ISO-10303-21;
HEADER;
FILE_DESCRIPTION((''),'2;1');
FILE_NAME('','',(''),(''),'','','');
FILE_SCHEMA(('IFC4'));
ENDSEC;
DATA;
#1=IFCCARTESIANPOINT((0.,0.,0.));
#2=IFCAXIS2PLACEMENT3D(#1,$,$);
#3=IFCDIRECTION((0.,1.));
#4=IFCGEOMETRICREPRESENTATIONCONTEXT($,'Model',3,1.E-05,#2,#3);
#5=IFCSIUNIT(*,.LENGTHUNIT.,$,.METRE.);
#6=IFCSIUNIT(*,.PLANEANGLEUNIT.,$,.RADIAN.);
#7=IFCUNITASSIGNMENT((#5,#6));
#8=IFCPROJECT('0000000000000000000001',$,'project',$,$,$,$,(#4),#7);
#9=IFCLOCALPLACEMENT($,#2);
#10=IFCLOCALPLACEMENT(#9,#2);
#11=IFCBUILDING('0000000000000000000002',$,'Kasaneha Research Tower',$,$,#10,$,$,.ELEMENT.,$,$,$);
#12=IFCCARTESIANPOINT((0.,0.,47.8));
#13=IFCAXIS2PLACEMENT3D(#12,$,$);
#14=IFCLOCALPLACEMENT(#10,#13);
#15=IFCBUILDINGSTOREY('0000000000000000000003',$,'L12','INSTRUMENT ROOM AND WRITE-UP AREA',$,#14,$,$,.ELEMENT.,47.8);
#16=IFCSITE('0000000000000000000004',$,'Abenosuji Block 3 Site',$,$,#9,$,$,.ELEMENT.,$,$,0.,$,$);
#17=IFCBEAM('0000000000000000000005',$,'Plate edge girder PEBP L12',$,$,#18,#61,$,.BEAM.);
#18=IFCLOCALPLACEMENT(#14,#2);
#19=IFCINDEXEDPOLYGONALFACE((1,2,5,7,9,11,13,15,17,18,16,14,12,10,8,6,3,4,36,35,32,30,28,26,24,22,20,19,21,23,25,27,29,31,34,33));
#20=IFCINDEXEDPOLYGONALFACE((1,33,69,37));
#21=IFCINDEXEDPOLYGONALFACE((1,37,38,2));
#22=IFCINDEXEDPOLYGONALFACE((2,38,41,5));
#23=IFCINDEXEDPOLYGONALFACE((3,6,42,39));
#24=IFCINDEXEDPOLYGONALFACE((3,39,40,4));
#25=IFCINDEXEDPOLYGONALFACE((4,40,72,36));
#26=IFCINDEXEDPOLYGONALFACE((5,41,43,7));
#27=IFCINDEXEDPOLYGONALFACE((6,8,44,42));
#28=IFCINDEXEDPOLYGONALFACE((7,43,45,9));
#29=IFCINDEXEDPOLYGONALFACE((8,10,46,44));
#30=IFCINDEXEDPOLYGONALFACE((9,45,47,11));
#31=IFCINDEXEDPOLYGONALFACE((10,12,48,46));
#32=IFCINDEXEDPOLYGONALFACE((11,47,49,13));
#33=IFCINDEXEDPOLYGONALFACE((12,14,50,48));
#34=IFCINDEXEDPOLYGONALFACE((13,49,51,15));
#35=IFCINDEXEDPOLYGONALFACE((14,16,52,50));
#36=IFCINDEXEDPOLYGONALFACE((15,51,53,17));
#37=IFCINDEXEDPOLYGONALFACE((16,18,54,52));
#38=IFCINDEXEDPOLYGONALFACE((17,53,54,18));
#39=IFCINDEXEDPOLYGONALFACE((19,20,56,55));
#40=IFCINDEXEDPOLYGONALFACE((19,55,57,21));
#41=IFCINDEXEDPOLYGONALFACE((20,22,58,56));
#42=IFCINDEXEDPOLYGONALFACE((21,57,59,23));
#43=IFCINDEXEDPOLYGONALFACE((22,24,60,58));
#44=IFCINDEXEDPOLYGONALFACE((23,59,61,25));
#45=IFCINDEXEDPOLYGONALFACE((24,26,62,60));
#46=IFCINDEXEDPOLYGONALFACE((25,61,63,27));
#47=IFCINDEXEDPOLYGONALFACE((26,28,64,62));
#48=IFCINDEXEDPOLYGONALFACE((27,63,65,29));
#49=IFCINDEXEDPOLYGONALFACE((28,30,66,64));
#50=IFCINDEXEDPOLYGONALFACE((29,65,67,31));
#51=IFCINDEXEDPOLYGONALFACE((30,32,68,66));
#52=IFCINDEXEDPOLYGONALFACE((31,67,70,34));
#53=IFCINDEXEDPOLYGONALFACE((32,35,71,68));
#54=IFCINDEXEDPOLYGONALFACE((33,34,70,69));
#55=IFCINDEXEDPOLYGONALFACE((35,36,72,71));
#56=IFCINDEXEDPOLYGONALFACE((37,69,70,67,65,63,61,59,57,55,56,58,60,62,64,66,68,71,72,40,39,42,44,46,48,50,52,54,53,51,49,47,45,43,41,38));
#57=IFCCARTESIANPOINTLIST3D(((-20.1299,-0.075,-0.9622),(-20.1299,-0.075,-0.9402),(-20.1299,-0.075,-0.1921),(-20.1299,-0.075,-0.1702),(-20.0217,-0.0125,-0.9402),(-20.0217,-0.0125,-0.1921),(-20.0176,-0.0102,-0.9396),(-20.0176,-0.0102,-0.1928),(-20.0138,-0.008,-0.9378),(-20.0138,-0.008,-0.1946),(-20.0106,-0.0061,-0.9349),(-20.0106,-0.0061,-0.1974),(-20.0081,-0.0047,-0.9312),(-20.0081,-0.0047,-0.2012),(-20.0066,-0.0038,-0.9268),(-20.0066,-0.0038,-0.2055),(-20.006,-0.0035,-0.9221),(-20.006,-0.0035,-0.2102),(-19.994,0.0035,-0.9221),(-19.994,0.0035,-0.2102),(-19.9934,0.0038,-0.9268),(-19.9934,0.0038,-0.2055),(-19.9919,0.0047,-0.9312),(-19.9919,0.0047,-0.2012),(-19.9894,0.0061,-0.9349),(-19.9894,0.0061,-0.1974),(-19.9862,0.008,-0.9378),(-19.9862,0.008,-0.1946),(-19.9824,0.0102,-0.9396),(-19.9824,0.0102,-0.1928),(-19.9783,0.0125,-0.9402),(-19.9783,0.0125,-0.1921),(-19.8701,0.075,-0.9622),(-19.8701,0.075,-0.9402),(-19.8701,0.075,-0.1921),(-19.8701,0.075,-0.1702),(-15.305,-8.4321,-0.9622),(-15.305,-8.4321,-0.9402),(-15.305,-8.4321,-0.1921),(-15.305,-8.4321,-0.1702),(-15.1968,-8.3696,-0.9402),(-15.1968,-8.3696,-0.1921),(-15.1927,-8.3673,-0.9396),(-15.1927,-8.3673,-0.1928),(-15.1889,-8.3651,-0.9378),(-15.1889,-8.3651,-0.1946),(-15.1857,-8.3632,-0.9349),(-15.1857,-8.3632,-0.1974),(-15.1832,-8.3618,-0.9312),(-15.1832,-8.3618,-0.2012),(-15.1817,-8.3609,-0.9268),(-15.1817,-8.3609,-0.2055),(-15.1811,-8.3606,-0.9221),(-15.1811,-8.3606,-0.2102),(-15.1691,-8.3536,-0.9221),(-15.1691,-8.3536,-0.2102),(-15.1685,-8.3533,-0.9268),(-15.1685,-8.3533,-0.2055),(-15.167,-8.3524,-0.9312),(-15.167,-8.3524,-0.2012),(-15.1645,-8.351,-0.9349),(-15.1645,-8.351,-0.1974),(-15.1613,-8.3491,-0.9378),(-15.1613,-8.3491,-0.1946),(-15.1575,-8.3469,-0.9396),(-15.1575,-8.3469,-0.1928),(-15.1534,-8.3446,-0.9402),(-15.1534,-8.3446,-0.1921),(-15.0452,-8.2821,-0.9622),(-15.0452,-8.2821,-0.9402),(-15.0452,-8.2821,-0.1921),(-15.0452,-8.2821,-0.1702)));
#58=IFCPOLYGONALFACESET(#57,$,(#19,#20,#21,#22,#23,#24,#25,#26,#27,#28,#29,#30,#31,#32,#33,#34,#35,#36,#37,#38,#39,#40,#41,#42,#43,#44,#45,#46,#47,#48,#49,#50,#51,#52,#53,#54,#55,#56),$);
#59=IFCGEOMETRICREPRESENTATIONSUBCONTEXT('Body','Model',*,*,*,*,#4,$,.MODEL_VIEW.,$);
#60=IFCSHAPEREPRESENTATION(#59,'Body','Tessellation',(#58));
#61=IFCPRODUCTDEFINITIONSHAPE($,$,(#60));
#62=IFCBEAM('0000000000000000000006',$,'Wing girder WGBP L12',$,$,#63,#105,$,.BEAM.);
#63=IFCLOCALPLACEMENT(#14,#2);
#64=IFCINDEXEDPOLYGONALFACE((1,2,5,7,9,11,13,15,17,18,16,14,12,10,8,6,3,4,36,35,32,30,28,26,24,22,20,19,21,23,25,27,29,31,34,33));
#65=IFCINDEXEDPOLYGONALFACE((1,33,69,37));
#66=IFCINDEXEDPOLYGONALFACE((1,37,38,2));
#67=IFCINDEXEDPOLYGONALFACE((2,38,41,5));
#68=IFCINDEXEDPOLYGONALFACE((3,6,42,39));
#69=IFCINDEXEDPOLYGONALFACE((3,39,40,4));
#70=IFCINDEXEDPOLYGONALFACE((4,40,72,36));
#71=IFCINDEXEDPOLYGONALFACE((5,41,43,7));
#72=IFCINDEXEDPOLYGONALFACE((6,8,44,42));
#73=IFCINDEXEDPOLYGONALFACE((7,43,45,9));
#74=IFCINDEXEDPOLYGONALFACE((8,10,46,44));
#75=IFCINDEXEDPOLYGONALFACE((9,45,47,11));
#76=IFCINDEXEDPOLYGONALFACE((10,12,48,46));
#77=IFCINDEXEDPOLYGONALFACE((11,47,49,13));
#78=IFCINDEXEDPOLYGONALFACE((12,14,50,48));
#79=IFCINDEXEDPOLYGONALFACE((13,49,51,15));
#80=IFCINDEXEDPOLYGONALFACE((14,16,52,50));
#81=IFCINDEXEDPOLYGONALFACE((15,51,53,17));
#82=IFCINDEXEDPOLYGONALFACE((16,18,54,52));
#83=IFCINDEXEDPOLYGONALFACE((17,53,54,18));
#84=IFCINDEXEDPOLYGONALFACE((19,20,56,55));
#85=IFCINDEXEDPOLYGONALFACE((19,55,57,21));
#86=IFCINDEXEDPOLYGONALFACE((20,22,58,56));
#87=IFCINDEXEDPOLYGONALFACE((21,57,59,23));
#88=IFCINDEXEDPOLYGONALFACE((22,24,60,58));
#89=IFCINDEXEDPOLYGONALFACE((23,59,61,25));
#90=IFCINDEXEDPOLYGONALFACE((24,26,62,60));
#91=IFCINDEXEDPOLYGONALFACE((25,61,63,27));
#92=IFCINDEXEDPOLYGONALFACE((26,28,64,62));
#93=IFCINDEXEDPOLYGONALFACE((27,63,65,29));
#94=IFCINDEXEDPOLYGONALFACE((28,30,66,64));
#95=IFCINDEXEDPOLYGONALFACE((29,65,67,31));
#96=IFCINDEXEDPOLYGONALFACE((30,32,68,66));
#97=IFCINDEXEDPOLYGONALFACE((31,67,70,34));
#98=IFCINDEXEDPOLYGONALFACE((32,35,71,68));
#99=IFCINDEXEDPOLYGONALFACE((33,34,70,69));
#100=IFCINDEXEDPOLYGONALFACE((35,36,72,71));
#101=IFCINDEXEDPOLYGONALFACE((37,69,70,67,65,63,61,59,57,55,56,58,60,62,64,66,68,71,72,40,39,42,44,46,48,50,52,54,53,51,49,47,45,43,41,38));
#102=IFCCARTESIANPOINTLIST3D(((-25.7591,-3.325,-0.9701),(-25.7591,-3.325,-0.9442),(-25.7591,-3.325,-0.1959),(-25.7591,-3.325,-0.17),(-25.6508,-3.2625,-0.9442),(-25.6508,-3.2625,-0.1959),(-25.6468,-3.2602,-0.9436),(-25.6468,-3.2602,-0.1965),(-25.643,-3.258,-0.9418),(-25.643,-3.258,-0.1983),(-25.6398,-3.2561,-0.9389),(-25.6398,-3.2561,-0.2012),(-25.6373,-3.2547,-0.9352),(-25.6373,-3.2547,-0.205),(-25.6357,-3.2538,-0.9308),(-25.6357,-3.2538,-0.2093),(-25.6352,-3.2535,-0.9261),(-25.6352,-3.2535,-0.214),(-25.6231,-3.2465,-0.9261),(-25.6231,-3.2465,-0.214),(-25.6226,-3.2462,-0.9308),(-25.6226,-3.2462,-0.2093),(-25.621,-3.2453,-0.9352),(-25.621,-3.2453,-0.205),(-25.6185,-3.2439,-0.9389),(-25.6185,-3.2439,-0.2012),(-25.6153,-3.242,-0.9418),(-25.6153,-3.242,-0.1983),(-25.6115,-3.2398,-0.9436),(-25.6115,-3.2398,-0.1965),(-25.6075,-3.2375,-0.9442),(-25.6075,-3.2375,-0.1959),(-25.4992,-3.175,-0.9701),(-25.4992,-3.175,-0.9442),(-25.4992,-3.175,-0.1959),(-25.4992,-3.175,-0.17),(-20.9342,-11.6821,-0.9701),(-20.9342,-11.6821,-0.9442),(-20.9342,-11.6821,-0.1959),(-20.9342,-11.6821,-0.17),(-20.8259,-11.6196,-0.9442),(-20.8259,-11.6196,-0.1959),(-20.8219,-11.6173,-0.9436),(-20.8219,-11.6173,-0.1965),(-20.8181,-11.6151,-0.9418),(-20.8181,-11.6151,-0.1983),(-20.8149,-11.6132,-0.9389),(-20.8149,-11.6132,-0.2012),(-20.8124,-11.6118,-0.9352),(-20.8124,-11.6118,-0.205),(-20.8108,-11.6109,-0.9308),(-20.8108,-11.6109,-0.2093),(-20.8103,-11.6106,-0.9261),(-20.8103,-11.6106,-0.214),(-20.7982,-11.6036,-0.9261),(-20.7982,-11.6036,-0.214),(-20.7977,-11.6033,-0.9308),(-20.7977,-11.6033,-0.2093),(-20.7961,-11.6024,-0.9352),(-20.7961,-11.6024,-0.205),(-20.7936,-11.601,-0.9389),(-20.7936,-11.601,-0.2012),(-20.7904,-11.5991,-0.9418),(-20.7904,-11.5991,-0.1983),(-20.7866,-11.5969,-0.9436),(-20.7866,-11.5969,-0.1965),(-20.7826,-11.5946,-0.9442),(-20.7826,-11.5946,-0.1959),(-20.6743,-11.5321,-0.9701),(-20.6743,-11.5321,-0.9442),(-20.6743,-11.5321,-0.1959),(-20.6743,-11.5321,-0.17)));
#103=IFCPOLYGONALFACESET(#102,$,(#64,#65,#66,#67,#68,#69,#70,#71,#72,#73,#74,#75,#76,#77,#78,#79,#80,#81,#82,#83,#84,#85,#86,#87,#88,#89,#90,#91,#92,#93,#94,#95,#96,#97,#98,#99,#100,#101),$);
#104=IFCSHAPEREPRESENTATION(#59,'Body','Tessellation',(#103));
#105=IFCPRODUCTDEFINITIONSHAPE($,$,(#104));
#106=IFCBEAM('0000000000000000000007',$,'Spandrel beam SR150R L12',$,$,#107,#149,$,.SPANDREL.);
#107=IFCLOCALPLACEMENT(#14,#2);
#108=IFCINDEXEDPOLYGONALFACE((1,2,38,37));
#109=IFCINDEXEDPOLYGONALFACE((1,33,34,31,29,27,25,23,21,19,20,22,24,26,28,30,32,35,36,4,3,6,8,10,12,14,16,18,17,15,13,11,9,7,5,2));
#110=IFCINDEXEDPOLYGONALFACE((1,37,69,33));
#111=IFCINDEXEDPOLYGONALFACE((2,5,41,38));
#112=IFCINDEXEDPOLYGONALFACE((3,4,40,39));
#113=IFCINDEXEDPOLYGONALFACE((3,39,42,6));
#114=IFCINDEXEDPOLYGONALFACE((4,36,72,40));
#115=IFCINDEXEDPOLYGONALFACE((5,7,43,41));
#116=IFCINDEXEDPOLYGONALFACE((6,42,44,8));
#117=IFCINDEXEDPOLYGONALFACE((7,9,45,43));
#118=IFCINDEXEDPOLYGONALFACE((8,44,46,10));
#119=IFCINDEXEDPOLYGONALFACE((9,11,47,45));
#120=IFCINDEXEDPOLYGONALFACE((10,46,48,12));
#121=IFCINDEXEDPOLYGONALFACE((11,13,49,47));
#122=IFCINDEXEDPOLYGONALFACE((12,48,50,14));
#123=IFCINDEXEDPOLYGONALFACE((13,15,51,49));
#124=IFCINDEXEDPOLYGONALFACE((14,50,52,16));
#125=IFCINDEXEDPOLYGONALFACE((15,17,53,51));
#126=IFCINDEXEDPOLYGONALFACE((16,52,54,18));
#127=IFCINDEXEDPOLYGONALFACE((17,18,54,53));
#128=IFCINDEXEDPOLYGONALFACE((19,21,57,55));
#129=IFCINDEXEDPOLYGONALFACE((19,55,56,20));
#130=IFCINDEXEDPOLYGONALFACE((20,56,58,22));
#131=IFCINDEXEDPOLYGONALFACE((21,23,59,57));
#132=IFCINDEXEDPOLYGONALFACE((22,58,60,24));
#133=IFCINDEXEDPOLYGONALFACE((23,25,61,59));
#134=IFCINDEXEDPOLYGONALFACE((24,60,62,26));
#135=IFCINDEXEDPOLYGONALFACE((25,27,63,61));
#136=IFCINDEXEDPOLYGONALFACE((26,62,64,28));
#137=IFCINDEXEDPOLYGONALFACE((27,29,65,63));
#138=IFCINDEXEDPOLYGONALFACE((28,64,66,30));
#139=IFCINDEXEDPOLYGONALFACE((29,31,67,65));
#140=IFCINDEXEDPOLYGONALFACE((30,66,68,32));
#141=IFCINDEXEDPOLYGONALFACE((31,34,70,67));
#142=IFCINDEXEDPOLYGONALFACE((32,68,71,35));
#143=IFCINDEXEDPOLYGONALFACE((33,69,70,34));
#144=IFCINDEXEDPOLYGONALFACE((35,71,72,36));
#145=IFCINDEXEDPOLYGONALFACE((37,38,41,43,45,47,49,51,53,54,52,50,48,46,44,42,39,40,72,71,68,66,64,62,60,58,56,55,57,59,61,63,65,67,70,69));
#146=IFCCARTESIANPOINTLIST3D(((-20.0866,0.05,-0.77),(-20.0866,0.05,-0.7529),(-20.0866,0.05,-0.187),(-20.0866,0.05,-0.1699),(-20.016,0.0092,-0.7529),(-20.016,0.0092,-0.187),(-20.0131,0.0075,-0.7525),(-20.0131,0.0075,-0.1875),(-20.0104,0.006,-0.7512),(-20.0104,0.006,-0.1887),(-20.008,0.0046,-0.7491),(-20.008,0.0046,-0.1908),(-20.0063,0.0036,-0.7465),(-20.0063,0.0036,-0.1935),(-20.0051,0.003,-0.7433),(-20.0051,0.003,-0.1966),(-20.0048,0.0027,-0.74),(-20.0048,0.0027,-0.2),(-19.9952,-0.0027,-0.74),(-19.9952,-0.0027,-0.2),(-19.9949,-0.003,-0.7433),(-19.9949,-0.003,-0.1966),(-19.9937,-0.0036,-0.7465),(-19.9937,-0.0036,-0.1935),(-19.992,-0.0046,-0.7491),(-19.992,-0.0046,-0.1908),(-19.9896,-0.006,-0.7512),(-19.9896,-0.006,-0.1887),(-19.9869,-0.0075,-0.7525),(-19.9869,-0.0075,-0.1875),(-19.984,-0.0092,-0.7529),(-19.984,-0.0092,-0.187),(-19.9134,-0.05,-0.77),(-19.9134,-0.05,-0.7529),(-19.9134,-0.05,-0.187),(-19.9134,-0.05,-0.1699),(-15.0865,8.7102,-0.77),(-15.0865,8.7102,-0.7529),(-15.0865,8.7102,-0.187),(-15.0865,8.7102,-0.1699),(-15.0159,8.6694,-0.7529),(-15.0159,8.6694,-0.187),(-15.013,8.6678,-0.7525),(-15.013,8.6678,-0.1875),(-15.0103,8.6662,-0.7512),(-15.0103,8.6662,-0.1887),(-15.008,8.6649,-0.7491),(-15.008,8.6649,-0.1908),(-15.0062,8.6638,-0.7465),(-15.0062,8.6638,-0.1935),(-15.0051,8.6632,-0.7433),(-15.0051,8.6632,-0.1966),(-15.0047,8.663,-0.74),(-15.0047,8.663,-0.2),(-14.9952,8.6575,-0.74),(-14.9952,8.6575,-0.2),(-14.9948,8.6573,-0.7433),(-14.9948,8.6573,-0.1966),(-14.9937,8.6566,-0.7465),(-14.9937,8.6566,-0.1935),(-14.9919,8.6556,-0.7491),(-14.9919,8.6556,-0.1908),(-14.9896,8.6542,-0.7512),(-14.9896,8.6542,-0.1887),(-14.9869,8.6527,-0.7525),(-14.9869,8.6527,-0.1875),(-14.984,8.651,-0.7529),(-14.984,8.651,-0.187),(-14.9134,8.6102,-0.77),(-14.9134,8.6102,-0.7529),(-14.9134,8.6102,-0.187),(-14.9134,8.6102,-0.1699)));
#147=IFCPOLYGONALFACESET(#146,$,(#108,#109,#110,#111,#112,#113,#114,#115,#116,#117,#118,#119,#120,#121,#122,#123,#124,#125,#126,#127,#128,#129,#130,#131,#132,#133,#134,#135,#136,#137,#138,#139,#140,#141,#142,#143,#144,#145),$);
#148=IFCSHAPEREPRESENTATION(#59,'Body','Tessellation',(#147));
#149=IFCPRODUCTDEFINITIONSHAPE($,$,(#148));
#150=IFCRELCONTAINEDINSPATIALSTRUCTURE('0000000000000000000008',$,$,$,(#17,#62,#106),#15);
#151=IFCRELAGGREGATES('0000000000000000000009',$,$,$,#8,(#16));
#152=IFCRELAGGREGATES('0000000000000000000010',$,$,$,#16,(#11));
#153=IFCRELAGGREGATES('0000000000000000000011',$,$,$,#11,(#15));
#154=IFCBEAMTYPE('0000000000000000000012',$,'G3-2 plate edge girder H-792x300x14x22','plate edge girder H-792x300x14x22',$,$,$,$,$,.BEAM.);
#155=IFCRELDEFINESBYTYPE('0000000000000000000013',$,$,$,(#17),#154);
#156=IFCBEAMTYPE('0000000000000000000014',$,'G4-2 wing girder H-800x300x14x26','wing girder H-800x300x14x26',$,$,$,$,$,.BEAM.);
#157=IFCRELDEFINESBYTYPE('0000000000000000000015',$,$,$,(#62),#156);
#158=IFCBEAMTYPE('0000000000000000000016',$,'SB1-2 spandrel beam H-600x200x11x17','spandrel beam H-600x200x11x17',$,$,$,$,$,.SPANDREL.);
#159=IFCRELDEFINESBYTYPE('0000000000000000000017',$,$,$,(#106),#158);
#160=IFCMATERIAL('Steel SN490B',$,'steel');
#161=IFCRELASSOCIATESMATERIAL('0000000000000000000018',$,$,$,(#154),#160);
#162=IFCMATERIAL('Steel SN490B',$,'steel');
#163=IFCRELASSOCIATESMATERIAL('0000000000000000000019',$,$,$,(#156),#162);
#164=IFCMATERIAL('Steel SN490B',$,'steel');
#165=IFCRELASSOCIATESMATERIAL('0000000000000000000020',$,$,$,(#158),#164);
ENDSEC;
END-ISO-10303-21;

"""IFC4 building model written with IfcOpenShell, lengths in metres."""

from ifc_helpers import new_model, si_unit, direction, frame, origin, origin_2d, place, context, subcontext, project, spatial, i_section, extrude, material, material_profile, profile_set, type_object, element, save


model = new_model("IFC4")

# Units and contexts
model_context = context("Model", 3, precision=1e-05, world=origin(), true_north=direction((0.0, 1.0)))
body_context = subcontext(model_context, "Body", "Model", "MODEL_VIEW")
ifc_project = project(units=[si_unit("LENGTHUNIT", "METRE"), si_unit("PLANEANGLEUNIT", "RADIAN")], contexts=[model_context])

# Site, building, storey
site_placement = place(None, origin())
site = spatial("IfcSite", under=ifc_project, at=site_placement, Name="Abenosuji Block 3 Site", CompositionType="ELEMENT", RefElevation=0.0)
building_placement = place(site_placement, origin())
building = spatial("IfcBuilding", under=site, at=building_placement, Name="Kasaneha Research Tower", CompositionType="ELEMENT")
storey_placement = place(building_placement, frame((0.0, 0.0, 47.8)))
storey = spatial("IfcBuildingStorey", under=building, at=storey_placement, Name="L12", Description="INSTRUMENT ROOM AND WRITE-UP AREA", CompositionType="ELEMENT", Elevation=47.8)

# Beams
ifc_material_1 = material(Name="Steel SN490B", Category="steel")
ifc_material_profile_1 = material_profile(ifc_material_1, i_section(OverallWidth=0.3, OverallDepth=0.792, WebThickness=0.0139, FlangeThickness=0.022, FilletRadius=0.0181, at=origin_2d()), Name="H-792x300x14x22")
ifc_profile_set_1 = profile_set([ifc_material_profile_1], Name="Steel SN490B")
beam_type_1 = type_object("IfcBeamType", Name="G3-2 plate edge girder H-792x300x14x22", Description="plate edge girder H-792x300x14x22", PredefinedType="BEAM", material=ifc_profile_set_1)
beam_1_placement = place(storey_placement, frame((-20.0, 0.0, -0.5662), z_axis=(0.499995, -0.866028, 0.0), x_axis=(0.866028, 0.499995, 0.0)))
element("IfcBeam", 1, at=beam_1_placement, inside=storey, type_object=beam_type_1, Name="Plate edge girder PEBP L12", PredefinedType="BEAM", context=body_context, shape_type="SweptSolid", body=[
    extrude(i_section(OverallWidth=0.3, OverallDepth=0.792, WebThickness=0.0139, FlangeThickness=0.022, FilletRadius=0.0181, at=origin_2d()), origin(), (0.0, 0.0, 1.0), 9.6499),
])
ifc_material_2 = material(Name="Steel SN490B", Category="steel")
ifc_material_profile_2 = material_profile(ifc_material_2, i_section(OverallWidth=0.3, OverallDepth=0.8, WebThickness=0.0139, FlangeThickness=0.0259, FilletRadius=0.0181, at=origin_2d()), Name="H-800x300x14x26")
ifc_profile_set_2 = profile_set([ifc_material_profile_2], Name="Steel SN490B")
beam_type_2 = type_object("IfcBeamType", Name="G4-2 wing girder H-800x300x14x26", Description="wing girder H-800x300x14x26", PredefinedType="BEAM", material=ifc_profile_set_2)
beam_2_placement = place(storey_placement, frame((-25.6292, -3.25, -0.5701), z_axis=(0.499995, -0.866028, 0.0), x_axis=(0.866028, 0.499995, 0.0)))
element("IfcBeam", 2, at=beam_2_placement, inside=storey, type_object=beam_type_2, Name="Wing girder WGBP L12", PredefinedType="BEAM", context=body_context, shape_type="SweptSolid", body=[
    extrude(i_section(OverallWidth=0.3, OverallDepth=0.8, WebThickness=0.0139, FlangeThickness=0.0259, FilletRadius=0.0181, at=origin_2d()), origin(), (0.0, 0.0, 1.0), 9.6499),
])
ifc_material_3 = material(Name="Steel SN490B", Category="steel")
ifc_material_profile_3 = material_profile(ifc_material_3, i_section(OverallWidth=0.2, OverallDepth=0.6001, WebThickness=0.011, FlangeThickness=0.0171, FilletRadius=0.0129, at=origin_2d()), Name="H-600x200x11x17")
ifc_profile_set_3 = profile_set([ifc_material_profile_3], Name="Steel SN490B")
beam_type_3 = type_object("IfcBeamType", Name="SB1-2 spandrel beam H-600x200x11x17", Description="spandrel beam H-600x200x11x17", PredefinedType="SPANDREL", material=ifc_profile_set_3)
beam_3_placement = place(storey_placement, frame((-20.0, 0.0, -0.47), z_axis=(0.500004, 0.866023, 0.0), x_axis=(-0.866023, 0.500004, 0.0)))
element("IfcBeam", 3, at=beam_3_placement, inside=storey, type_object=beam_type_3, Name="Spandrel beam SR150R L12", PredefinedType="SPANDREL", context=body_context, shape_type="SweptSolid", body=[
    extrude(i_section(OverallWidth=0.2, OverallDepth=0.6001, WebThickness=0.011, FlangeThickness=0.0171, FilletRadius=0.0129, at=origin_2d()), origin(), (0.0, 0.0, 1.0), 10.0),
])

save(model, "model.ifc")
